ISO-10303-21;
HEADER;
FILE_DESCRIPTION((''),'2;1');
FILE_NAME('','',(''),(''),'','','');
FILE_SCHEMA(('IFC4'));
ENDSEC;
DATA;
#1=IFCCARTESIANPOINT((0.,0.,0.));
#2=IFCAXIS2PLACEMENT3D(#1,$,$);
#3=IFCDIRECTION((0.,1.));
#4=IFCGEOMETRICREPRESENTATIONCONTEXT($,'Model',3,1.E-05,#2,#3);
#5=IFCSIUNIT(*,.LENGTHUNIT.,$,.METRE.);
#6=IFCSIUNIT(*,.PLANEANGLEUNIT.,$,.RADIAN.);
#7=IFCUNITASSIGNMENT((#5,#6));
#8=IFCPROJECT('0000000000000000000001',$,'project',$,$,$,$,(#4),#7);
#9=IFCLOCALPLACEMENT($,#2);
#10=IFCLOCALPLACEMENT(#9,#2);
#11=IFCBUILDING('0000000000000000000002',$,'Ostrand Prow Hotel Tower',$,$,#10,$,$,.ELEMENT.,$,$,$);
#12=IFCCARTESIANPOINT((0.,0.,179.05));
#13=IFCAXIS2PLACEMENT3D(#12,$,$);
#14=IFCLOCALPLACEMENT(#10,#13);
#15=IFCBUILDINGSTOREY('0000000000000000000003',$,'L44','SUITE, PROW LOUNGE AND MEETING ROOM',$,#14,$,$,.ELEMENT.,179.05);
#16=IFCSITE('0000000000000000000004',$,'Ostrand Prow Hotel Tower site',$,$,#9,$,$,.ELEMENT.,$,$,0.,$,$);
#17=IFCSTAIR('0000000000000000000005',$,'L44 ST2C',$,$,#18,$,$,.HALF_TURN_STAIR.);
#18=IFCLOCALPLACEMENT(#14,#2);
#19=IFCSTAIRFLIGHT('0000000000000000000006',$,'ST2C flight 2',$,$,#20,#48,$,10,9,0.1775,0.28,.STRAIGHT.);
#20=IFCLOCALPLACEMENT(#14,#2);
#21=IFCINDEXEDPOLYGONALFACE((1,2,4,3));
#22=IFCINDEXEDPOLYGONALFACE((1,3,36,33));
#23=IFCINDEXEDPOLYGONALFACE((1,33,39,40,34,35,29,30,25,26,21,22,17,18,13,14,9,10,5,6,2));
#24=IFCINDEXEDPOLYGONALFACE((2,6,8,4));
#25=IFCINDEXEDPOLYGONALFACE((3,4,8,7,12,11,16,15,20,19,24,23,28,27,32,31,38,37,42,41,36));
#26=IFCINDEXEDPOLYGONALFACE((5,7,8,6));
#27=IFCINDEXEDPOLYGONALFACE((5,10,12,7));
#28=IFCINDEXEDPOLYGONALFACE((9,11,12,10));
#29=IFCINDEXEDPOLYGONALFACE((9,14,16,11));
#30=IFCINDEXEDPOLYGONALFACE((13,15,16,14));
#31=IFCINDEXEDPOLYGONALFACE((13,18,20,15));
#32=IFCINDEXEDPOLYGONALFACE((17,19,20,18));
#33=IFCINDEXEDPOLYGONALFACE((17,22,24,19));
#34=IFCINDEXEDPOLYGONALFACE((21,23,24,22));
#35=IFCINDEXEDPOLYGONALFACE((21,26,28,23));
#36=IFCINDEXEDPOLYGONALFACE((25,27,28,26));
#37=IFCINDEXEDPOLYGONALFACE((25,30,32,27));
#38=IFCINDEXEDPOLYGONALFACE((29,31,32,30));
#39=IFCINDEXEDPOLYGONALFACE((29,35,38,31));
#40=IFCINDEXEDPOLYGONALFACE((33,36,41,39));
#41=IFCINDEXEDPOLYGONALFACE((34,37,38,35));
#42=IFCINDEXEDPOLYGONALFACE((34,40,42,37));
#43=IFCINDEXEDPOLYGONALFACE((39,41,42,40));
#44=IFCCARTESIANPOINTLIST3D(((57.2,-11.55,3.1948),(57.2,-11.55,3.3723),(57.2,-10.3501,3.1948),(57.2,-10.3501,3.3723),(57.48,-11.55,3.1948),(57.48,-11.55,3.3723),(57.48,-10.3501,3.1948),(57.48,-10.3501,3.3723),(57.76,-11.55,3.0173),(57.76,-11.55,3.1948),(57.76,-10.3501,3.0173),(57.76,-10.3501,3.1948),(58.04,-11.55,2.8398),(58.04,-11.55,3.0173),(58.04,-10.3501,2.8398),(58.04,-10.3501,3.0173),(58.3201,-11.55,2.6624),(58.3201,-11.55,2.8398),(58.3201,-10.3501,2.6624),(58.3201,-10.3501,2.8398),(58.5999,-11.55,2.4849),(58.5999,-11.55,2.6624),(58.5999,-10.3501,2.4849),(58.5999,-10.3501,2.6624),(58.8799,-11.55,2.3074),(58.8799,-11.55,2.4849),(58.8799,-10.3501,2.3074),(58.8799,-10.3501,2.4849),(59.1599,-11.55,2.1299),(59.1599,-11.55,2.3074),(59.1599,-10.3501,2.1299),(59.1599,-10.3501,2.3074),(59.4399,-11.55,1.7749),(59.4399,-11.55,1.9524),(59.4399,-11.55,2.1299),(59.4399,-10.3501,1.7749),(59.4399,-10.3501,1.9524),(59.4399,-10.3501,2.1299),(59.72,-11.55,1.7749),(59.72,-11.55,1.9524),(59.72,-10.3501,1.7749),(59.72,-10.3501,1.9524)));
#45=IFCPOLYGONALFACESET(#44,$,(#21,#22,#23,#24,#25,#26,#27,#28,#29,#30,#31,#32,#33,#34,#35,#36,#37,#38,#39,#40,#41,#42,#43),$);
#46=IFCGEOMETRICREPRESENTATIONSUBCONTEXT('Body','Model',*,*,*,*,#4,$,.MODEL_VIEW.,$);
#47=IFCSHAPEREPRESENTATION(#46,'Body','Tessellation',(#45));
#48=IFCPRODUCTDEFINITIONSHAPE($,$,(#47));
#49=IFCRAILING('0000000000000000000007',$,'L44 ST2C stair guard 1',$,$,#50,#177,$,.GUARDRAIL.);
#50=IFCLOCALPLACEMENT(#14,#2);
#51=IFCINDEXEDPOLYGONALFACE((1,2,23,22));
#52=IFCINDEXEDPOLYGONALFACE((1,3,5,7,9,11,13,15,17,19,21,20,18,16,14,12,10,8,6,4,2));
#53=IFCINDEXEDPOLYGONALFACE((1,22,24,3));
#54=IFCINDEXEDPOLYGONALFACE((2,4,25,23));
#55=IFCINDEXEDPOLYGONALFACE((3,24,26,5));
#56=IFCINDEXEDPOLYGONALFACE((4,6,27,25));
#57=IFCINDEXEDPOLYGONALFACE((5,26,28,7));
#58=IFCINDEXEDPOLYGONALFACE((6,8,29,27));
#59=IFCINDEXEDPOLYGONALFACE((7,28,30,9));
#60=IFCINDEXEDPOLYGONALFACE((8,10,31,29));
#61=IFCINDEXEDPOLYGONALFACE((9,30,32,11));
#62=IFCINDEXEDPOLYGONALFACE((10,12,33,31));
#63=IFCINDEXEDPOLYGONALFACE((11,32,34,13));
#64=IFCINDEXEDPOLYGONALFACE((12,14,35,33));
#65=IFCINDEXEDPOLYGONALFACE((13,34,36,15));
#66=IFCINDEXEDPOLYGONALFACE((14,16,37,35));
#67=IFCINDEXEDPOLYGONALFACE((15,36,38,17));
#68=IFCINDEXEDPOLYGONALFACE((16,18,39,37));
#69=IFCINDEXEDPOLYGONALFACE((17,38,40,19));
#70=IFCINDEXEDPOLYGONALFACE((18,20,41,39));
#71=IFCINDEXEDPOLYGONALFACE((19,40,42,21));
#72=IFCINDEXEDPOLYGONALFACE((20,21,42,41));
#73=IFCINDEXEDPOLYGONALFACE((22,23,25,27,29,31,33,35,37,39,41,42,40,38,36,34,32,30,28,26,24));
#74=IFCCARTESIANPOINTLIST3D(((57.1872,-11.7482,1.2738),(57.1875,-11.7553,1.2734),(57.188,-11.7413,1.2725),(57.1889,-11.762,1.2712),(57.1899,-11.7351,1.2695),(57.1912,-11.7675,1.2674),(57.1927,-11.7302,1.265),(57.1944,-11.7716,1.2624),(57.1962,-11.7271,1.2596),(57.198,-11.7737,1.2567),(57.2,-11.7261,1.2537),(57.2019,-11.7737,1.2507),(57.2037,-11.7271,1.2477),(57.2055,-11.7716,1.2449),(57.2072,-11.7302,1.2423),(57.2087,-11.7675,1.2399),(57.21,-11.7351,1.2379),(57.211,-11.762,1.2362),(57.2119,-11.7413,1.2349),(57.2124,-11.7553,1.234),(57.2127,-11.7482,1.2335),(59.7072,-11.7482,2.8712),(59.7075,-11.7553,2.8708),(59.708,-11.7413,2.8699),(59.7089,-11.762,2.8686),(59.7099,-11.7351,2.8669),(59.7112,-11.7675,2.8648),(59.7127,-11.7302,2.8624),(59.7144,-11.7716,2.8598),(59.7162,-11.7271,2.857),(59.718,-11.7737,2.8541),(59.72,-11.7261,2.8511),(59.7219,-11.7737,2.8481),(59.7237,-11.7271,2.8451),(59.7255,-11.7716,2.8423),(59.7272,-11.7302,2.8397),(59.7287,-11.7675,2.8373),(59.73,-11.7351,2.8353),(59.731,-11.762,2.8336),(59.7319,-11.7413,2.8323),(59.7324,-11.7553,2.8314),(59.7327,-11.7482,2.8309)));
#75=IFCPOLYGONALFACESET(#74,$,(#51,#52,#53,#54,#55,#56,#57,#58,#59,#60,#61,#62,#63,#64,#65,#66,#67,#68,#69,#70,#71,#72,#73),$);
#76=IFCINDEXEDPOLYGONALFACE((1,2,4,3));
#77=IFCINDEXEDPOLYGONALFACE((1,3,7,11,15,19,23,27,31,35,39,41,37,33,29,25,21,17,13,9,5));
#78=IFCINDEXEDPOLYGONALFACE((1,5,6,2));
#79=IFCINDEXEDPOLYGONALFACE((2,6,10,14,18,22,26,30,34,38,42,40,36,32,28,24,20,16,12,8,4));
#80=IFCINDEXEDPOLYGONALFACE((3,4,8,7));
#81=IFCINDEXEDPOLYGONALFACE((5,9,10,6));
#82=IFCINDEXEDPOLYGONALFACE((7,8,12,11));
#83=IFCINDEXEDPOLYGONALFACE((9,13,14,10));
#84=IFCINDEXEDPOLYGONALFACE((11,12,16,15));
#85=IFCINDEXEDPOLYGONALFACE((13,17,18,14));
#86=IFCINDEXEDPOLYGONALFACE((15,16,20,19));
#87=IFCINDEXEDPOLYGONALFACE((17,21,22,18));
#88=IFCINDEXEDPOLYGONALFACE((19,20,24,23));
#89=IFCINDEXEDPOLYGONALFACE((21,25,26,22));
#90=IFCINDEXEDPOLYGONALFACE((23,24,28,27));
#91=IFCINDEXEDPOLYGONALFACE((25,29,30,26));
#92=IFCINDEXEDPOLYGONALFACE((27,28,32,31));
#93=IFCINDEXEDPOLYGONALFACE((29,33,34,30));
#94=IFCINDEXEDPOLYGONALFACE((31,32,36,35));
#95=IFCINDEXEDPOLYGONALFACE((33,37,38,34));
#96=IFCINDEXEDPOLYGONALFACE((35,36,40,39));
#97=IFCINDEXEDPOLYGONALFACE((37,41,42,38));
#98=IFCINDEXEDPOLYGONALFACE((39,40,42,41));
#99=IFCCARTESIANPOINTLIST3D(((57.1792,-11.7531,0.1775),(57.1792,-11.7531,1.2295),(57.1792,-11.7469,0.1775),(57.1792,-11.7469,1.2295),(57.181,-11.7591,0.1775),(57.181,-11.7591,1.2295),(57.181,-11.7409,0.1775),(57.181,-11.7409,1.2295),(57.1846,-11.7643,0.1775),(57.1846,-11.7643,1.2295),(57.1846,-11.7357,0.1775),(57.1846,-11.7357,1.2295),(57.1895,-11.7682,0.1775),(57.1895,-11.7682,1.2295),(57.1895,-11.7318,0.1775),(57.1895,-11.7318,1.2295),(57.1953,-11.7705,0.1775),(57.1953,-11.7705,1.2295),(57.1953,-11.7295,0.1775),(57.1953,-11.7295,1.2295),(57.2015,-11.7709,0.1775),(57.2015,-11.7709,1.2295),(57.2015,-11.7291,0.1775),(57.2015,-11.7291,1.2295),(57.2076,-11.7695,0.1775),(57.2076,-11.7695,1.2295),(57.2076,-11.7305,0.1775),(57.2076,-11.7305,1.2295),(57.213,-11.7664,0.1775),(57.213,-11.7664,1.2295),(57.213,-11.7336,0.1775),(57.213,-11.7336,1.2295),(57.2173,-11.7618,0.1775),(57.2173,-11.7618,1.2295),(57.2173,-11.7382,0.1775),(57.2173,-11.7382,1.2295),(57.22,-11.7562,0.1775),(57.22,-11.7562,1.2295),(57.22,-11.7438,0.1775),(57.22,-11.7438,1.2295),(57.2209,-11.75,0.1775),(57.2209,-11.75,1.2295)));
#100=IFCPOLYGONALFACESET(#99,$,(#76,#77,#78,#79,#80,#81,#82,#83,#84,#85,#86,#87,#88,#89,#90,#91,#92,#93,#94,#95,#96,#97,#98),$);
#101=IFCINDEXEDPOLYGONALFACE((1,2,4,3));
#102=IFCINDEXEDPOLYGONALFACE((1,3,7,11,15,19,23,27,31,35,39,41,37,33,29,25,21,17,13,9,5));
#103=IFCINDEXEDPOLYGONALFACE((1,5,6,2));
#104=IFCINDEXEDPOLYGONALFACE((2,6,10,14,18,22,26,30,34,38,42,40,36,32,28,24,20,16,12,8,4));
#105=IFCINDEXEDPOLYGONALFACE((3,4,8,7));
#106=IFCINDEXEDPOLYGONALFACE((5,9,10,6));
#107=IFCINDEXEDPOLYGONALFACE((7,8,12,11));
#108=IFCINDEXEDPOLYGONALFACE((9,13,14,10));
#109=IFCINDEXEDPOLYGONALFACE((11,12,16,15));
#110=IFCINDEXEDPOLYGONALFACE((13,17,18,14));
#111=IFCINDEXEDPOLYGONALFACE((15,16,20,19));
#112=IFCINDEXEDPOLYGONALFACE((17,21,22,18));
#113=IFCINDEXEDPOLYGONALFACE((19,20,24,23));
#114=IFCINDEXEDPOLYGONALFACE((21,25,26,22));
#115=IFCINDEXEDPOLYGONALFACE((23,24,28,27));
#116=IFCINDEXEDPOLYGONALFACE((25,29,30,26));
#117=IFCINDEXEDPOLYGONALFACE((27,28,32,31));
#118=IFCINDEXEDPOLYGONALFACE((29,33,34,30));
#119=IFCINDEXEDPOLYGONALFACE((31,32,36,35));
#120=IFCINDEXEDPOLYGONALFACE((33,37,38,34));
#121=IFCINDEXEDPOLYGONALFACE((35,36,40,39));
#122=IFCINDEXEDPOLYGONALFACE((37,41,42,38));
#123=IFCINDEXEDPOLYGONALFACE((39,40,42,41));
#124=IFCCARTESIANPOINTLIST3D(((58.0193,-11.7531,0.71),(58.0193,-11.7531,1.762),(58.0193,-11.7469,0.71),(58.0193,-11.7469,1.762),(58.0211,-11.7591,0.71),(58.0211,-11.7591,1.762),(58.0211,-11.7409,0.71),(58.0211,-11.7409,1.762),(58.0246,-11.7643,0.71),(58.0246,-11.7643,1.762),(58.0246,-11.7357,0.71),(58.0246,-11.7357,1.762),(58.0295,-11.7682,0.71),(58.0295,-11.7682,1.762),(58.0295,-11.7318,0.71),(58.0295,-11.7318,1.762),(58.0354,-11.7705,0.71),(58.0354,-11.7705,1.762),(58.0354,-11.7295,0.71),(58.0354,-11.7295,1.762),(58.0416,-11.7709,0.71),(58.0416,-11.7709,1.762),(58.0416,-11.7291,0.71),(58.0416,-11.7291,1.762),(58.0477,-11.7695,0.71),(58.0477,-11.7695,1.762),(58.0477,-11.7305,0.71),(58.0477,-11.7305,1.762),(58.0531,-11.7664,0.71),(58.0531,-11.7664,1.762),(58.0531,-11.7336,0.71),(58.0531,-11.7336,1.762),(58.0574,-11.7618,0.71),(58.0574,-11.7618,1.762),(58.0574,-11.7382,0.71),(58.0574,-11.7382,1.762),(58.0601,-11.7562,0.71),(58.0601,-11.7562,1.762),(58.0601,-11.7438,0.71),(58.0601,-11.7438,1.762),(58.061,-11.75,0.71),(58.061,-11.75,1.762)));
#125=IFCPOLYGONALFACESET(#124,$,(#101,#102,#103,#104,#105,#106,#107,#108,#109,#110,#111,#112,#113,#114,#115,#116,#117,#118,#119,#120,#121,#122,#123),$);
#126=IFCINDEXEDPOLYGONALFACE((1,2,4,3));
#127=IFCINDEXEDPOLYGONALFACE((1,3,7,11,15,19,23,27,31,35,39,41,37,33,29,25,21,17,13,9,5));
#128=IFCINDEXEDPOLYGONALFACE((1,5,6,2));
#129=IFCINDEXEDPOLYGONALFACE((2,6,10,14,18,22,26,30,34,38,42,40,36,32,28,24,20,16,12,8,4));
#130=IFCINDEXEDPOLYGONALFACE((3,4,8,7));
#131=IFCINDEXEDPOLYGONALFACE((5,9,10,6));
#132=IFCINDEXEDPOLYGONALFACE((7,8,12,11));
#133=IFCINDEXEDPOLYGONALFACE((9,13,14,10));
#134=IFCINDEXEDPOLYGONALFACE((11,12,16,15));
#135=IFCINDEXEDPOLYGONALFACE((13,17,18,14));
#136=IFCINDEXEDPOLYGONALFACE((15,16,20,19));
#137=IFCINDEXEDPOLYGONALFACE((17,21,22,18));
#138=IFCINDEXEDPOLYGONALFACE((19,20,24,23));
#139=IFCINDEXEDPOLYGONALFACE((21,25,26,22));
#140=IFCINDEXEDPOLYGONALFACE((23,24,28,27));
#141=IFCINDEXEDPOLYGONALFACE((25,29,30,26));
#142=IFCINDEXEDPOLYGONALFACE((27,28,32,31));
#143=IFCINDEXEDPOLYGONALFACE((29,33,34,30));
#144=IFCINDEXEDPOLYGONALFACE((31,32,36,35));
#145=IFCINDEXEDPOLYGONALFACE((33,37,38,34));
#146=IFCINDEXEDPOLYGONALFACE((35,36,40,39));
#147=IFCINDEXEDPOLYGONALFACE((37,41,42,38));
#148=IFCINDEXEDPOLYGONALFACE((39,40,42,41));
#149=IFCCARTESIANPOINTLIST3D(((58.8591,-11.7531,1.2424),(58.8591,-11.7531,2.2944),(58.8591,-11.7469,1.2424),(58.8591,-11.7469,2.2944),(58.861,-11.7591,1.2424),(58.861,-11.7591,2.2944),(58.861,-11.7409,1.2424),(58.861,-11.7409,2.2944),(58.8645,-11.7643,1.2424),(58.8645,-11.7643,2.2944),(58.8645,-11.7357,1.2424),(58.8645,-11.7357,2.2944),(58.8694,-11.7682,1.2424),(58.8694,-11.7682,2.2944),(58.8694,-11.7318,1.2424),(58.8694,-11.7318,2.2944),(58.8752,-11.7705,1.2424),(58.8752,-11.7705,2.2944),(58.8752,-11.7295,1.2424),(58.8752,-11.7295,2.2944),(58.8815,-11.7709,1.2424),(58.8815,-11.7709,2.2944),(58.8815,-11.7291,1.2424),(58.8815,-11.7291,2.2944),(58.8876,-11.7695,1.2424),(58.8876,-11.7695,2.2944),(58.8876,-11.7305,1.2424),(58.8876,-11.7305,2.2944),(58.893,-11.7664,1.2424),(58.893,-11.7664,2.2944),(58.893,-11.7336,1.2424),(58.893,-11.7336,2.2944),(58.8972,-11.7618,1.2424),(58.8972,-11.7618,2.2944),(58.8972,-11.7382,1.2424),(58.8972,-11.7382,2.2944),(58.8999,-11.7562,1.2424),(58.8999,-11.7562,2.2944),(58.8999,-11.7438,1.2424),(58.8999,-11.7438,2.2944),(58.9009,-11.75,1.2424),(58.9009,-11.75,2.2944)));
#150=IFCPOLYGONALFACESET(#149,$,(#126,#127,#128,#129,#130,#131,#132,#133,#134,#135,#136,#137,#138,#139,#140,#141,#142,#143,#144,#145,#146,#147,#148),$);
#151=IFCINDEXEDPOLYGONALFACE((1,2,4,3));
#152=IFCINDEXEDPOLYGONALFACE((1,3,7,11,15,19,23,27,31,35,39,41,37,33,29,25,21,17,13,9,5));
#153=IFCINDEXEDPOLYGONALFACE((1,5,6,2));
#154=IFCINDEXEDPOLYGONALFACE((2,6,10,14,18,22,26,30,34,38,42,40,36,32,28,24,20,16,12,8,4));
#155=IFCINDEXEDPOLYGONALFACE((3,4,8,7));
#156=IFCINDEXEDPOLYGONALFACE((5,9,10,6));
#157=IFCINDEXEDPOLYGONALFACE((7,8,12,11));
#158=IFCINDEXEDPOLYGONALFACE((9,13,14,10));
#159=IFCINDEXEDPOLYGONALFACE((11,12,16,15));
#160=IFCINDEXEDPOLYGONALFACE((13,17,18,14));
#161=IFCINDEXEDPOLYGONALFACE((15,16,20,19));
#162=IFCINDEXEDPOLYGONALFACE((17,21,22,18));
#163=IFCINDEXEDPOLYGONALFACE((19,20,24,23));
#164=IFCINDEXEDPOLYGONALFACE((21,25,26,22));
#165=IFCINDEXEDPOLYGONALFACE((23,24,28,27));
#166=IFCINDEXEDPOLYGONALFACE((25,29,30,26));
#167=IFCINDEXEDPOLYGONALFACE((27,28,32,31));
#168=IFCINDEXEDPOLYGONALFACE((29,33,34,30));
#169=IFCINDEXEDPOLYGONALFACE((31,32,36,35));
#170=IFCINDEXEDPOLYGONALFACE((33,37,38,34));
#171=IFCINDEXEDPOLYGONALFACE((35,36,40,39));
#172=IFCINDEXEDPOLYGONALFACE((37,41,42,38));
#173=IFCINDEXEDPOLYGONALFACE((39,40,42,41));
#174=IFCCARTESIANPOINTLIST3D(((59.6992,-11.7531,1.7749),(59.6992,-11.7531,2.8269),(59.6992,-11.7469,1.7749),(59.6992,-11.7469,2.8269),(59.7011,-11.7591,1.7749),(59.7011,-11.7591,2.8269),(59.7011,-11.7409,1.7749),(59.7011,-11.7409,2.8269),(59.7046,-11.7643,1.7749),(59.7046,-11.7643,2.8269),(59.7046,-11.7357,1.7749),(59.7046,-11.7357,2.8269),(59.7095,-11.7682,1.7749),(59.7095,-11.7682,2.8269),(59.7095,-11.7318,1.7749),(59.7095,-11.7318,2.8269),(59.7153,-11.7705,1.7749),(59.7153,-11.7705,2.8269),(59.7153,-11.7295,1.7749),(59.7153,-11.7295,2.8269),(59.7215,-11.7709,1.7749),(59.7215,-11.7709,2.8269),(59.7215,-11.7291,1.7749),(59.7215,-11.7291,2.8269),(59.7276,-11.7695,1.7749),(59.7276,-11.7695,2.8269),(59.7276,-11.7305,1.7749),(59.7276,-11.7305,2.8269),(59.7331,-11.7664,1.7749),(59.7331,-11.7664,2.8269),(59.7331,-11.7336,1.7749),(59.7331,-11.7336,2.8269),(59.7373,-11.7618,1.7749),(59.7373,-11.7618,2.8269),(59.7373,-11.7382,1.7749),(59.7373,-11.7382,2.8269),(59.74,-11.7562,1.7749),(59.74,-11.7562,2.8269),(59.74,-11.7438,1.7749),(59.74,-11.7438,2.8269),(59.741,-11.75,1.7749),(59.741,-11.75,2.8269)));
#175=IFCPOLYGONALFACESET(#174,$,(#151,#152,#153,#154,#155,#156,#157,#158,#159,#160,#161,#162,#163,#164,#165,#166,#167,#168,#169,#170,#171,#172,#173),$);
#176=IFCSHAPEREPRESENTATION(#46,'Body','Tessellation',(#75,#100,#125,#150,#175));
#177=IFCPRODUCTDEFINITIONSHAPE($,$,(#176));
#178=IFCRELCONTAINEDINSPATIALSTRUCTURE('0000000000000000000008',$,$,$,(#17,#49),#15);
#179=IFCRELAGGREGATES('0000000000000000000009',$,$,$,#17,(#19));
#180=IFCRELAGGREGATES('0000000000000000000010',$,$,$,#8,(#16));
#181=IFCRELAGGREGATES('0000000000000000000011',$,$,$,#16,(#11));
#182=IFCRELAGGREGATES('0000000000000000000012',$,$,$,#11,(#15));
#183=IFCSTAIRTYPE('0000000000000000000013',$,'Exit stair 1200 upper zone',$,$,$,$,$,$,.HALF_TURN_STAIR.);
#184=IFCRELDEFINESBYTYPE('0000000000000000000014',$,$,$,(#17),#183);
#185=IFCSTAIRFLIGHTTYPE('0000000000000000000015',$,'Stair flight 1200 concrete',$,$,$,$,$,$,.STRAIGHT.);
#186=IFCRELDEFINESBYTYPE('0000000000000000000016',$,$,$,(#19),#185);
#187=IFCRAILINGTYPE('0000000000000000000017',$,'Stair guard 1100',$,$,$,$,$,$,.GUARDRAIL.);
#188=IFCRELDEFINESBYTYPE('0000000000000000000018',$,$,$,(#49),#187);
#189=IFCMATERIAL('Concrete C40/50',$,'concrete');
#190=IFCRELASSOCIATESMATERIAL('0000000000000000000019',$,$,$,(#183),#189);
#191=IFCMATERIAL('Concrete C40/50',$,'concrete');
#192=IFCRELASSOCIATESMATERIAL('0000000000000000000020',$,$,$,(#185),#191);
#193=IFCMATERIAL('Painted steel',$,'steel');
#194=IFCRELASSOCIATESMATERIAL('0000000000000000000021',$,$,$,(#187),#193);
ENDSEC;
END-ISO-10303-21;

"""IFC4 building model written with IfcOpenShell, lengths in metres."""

from ifc_helpers import new_model, si_unit, direction, frame, origin, origin_2d, place, context, subcontext, project, spatial, polyline, circle, outline, extrude, material, type_object, element, aggregate, save


model = new_model("IFC4")

# Units and contexts
model_context = context("Model", 3, precision=1e-05, world=origin(), true_north=direction((0.0, 1.0)))
body_context = subcontext(model_context, "Body", "Model", "MODEL_VIEW")
ifc_project = project(units=[si_unit("LENGTHUNIT", "METRE"), si_unit("PLANEANGLEUNIT", "RADIAN")], contexts=[model_context])

# Site, building, storey
site_placement = place(None, origin())
site = spatial("IfcSite", under=ifc_project, at=site_placement, Name="Ostrand Prow Hotel Tower site", CompositionType="ELEMENT", RefElevation=0.0)
building_placement = place(site_placement, origin())
building = spatial("IfcBuilding", under=site, at=building_placement, Name="Ostrand Prow Hotel Tower", CompositionType="ELEMENT")
storey_placement = place(building_placement, frame((0.0, 0.0, 179.05)))
storey = spatial("IfcBuildingStorey", under=building, at=storey_placement, Name="L44", Description="SUITE, PROW LOUNGE AND MEETING ROOM", CompositionType="ELEMENT", Elevation=179.05)

# Stair, stair flight
ifc_material_1 = material(Name="Concrete C40/50", Category="concrete")
stair_type = type_object("IfcStairType", Name="Exit stair 1200 upper zone", PredefinedType="HALF_TURN_STAIR", material=ifc_material_1)
stair_placement = place(storey_placement, origin())
stair = element("IfcStair", 1, at=stair_placement, inside=storey, type_object=stair_type, Name="L44 ST2C", PredefinedType="HALF_TURN_STAIR")
ifc_material_2 = material(Name="Concrete C40/50", Category="concrete")
stair_flight_type = type_object("IfcStairFlightType", Name="Stair flight 1200 concrete", PredefinedType="STRAIGHT", material=ifc_material_2)
stair_flight_1_placement = place(storey_placement, frame((59.72, -10.95, 1.7749), z_axis=(0.0, 0.0, 1.0), x_axis=(-1.0, 0.0, 0.0)))
stair_flight_1 = element("IfcStairFlight", 2, at=stair_flight_1_placement, type_object=stair_flight_type, Name="ST2C flight 2", NumberOfRisers=10, NumberOfTreads=9, PredefinedType="STRAIGHT", RiserHeight=0.1775, TreadLength=0.28, context=body_context, shape_type="SweptSolid", body=[
    extrude(outline(polyline([(0.0, 0.0), (0.0, 0.1775), (0.28, 0.1775), (0.28, 0.355), (0.5601, 0.355), (0.5601, 0.5325), (0.8401, 0.5325), (0.8401, 0.71), (1.1201, 0.71), (1.1201, 0.8875), (1.3999, 0.8875), (1.3999, 1.0649), (1.6799, 1.0649), (1.6799, 1.2424), (1.96, 1.2424), (1.96, 1.4199), (2.24, 1.4199), (2.24, 1.5974), (2.52, 1.5974), (2.52, 1.7749), (2.52, 1.4199), (0.28, 0.0), (0.0, 0.0)])), frame((0.0, 0.6001, 0.0), z_axis=(0.0, -1.0, 0.0), x_axis=(1.0, 0.0, 0.0)), (0.0, 0.0, 1.0), 1.2),
])
aggregate(stair, [stair_flight_1])

# Railing
ifc_material_3 = material(Name="Painted steel", Category="steel")
railing_type_1 = type_object("IfcRailingType", Name="Stair guard 1100", PredefinedType="GUARDRAIL", material=ifc_material_3)
railing_1_placement = place(storey_placement, frame((57.2, -11.75, 0.1775)))
element("IfcRailing", 3, at=railing_1_placement, inside=storey, type_object=railing_type_1, Name="L44 ST2C stair guard 1", PredefinedType="GUARDRAIL", context=body_context, shape_type="SweptSolid", body=[
    extrude(circle(Radius=0.0239, at=origin_2d()), frame((0.0, 0.0, 1.0762), z_axis=(0.844607, 0.0, 0.535387), x_axis=(0.0, 1.0, 0.0)), (0.0, 0.0, 1.0), 2.9836),
    extrude(circle(Radius=0.021, at=origin_2d()), origin(), (0.0, 0.0, 1.0), 1.052),
    extrude(circle(Radius=0.021, at=origin_2d()), frame((0.8401, 0.0, 0.5325)), (0.0, 0.0, 1.0), 1.052),
    extrude(circle(Radius=0.021, at=origin_2d()), frame((1.6799, 0.0, 1.0649)), (0.0, 0.0, 1.0), 1.052),
    extrude(circle(Radius=0.021, at=origin_2d()), frame((2.52, 0.0, 1.5974)), (0.0, 0.0, 1.0), 1.052),
])

save(model, "model.ifc")
